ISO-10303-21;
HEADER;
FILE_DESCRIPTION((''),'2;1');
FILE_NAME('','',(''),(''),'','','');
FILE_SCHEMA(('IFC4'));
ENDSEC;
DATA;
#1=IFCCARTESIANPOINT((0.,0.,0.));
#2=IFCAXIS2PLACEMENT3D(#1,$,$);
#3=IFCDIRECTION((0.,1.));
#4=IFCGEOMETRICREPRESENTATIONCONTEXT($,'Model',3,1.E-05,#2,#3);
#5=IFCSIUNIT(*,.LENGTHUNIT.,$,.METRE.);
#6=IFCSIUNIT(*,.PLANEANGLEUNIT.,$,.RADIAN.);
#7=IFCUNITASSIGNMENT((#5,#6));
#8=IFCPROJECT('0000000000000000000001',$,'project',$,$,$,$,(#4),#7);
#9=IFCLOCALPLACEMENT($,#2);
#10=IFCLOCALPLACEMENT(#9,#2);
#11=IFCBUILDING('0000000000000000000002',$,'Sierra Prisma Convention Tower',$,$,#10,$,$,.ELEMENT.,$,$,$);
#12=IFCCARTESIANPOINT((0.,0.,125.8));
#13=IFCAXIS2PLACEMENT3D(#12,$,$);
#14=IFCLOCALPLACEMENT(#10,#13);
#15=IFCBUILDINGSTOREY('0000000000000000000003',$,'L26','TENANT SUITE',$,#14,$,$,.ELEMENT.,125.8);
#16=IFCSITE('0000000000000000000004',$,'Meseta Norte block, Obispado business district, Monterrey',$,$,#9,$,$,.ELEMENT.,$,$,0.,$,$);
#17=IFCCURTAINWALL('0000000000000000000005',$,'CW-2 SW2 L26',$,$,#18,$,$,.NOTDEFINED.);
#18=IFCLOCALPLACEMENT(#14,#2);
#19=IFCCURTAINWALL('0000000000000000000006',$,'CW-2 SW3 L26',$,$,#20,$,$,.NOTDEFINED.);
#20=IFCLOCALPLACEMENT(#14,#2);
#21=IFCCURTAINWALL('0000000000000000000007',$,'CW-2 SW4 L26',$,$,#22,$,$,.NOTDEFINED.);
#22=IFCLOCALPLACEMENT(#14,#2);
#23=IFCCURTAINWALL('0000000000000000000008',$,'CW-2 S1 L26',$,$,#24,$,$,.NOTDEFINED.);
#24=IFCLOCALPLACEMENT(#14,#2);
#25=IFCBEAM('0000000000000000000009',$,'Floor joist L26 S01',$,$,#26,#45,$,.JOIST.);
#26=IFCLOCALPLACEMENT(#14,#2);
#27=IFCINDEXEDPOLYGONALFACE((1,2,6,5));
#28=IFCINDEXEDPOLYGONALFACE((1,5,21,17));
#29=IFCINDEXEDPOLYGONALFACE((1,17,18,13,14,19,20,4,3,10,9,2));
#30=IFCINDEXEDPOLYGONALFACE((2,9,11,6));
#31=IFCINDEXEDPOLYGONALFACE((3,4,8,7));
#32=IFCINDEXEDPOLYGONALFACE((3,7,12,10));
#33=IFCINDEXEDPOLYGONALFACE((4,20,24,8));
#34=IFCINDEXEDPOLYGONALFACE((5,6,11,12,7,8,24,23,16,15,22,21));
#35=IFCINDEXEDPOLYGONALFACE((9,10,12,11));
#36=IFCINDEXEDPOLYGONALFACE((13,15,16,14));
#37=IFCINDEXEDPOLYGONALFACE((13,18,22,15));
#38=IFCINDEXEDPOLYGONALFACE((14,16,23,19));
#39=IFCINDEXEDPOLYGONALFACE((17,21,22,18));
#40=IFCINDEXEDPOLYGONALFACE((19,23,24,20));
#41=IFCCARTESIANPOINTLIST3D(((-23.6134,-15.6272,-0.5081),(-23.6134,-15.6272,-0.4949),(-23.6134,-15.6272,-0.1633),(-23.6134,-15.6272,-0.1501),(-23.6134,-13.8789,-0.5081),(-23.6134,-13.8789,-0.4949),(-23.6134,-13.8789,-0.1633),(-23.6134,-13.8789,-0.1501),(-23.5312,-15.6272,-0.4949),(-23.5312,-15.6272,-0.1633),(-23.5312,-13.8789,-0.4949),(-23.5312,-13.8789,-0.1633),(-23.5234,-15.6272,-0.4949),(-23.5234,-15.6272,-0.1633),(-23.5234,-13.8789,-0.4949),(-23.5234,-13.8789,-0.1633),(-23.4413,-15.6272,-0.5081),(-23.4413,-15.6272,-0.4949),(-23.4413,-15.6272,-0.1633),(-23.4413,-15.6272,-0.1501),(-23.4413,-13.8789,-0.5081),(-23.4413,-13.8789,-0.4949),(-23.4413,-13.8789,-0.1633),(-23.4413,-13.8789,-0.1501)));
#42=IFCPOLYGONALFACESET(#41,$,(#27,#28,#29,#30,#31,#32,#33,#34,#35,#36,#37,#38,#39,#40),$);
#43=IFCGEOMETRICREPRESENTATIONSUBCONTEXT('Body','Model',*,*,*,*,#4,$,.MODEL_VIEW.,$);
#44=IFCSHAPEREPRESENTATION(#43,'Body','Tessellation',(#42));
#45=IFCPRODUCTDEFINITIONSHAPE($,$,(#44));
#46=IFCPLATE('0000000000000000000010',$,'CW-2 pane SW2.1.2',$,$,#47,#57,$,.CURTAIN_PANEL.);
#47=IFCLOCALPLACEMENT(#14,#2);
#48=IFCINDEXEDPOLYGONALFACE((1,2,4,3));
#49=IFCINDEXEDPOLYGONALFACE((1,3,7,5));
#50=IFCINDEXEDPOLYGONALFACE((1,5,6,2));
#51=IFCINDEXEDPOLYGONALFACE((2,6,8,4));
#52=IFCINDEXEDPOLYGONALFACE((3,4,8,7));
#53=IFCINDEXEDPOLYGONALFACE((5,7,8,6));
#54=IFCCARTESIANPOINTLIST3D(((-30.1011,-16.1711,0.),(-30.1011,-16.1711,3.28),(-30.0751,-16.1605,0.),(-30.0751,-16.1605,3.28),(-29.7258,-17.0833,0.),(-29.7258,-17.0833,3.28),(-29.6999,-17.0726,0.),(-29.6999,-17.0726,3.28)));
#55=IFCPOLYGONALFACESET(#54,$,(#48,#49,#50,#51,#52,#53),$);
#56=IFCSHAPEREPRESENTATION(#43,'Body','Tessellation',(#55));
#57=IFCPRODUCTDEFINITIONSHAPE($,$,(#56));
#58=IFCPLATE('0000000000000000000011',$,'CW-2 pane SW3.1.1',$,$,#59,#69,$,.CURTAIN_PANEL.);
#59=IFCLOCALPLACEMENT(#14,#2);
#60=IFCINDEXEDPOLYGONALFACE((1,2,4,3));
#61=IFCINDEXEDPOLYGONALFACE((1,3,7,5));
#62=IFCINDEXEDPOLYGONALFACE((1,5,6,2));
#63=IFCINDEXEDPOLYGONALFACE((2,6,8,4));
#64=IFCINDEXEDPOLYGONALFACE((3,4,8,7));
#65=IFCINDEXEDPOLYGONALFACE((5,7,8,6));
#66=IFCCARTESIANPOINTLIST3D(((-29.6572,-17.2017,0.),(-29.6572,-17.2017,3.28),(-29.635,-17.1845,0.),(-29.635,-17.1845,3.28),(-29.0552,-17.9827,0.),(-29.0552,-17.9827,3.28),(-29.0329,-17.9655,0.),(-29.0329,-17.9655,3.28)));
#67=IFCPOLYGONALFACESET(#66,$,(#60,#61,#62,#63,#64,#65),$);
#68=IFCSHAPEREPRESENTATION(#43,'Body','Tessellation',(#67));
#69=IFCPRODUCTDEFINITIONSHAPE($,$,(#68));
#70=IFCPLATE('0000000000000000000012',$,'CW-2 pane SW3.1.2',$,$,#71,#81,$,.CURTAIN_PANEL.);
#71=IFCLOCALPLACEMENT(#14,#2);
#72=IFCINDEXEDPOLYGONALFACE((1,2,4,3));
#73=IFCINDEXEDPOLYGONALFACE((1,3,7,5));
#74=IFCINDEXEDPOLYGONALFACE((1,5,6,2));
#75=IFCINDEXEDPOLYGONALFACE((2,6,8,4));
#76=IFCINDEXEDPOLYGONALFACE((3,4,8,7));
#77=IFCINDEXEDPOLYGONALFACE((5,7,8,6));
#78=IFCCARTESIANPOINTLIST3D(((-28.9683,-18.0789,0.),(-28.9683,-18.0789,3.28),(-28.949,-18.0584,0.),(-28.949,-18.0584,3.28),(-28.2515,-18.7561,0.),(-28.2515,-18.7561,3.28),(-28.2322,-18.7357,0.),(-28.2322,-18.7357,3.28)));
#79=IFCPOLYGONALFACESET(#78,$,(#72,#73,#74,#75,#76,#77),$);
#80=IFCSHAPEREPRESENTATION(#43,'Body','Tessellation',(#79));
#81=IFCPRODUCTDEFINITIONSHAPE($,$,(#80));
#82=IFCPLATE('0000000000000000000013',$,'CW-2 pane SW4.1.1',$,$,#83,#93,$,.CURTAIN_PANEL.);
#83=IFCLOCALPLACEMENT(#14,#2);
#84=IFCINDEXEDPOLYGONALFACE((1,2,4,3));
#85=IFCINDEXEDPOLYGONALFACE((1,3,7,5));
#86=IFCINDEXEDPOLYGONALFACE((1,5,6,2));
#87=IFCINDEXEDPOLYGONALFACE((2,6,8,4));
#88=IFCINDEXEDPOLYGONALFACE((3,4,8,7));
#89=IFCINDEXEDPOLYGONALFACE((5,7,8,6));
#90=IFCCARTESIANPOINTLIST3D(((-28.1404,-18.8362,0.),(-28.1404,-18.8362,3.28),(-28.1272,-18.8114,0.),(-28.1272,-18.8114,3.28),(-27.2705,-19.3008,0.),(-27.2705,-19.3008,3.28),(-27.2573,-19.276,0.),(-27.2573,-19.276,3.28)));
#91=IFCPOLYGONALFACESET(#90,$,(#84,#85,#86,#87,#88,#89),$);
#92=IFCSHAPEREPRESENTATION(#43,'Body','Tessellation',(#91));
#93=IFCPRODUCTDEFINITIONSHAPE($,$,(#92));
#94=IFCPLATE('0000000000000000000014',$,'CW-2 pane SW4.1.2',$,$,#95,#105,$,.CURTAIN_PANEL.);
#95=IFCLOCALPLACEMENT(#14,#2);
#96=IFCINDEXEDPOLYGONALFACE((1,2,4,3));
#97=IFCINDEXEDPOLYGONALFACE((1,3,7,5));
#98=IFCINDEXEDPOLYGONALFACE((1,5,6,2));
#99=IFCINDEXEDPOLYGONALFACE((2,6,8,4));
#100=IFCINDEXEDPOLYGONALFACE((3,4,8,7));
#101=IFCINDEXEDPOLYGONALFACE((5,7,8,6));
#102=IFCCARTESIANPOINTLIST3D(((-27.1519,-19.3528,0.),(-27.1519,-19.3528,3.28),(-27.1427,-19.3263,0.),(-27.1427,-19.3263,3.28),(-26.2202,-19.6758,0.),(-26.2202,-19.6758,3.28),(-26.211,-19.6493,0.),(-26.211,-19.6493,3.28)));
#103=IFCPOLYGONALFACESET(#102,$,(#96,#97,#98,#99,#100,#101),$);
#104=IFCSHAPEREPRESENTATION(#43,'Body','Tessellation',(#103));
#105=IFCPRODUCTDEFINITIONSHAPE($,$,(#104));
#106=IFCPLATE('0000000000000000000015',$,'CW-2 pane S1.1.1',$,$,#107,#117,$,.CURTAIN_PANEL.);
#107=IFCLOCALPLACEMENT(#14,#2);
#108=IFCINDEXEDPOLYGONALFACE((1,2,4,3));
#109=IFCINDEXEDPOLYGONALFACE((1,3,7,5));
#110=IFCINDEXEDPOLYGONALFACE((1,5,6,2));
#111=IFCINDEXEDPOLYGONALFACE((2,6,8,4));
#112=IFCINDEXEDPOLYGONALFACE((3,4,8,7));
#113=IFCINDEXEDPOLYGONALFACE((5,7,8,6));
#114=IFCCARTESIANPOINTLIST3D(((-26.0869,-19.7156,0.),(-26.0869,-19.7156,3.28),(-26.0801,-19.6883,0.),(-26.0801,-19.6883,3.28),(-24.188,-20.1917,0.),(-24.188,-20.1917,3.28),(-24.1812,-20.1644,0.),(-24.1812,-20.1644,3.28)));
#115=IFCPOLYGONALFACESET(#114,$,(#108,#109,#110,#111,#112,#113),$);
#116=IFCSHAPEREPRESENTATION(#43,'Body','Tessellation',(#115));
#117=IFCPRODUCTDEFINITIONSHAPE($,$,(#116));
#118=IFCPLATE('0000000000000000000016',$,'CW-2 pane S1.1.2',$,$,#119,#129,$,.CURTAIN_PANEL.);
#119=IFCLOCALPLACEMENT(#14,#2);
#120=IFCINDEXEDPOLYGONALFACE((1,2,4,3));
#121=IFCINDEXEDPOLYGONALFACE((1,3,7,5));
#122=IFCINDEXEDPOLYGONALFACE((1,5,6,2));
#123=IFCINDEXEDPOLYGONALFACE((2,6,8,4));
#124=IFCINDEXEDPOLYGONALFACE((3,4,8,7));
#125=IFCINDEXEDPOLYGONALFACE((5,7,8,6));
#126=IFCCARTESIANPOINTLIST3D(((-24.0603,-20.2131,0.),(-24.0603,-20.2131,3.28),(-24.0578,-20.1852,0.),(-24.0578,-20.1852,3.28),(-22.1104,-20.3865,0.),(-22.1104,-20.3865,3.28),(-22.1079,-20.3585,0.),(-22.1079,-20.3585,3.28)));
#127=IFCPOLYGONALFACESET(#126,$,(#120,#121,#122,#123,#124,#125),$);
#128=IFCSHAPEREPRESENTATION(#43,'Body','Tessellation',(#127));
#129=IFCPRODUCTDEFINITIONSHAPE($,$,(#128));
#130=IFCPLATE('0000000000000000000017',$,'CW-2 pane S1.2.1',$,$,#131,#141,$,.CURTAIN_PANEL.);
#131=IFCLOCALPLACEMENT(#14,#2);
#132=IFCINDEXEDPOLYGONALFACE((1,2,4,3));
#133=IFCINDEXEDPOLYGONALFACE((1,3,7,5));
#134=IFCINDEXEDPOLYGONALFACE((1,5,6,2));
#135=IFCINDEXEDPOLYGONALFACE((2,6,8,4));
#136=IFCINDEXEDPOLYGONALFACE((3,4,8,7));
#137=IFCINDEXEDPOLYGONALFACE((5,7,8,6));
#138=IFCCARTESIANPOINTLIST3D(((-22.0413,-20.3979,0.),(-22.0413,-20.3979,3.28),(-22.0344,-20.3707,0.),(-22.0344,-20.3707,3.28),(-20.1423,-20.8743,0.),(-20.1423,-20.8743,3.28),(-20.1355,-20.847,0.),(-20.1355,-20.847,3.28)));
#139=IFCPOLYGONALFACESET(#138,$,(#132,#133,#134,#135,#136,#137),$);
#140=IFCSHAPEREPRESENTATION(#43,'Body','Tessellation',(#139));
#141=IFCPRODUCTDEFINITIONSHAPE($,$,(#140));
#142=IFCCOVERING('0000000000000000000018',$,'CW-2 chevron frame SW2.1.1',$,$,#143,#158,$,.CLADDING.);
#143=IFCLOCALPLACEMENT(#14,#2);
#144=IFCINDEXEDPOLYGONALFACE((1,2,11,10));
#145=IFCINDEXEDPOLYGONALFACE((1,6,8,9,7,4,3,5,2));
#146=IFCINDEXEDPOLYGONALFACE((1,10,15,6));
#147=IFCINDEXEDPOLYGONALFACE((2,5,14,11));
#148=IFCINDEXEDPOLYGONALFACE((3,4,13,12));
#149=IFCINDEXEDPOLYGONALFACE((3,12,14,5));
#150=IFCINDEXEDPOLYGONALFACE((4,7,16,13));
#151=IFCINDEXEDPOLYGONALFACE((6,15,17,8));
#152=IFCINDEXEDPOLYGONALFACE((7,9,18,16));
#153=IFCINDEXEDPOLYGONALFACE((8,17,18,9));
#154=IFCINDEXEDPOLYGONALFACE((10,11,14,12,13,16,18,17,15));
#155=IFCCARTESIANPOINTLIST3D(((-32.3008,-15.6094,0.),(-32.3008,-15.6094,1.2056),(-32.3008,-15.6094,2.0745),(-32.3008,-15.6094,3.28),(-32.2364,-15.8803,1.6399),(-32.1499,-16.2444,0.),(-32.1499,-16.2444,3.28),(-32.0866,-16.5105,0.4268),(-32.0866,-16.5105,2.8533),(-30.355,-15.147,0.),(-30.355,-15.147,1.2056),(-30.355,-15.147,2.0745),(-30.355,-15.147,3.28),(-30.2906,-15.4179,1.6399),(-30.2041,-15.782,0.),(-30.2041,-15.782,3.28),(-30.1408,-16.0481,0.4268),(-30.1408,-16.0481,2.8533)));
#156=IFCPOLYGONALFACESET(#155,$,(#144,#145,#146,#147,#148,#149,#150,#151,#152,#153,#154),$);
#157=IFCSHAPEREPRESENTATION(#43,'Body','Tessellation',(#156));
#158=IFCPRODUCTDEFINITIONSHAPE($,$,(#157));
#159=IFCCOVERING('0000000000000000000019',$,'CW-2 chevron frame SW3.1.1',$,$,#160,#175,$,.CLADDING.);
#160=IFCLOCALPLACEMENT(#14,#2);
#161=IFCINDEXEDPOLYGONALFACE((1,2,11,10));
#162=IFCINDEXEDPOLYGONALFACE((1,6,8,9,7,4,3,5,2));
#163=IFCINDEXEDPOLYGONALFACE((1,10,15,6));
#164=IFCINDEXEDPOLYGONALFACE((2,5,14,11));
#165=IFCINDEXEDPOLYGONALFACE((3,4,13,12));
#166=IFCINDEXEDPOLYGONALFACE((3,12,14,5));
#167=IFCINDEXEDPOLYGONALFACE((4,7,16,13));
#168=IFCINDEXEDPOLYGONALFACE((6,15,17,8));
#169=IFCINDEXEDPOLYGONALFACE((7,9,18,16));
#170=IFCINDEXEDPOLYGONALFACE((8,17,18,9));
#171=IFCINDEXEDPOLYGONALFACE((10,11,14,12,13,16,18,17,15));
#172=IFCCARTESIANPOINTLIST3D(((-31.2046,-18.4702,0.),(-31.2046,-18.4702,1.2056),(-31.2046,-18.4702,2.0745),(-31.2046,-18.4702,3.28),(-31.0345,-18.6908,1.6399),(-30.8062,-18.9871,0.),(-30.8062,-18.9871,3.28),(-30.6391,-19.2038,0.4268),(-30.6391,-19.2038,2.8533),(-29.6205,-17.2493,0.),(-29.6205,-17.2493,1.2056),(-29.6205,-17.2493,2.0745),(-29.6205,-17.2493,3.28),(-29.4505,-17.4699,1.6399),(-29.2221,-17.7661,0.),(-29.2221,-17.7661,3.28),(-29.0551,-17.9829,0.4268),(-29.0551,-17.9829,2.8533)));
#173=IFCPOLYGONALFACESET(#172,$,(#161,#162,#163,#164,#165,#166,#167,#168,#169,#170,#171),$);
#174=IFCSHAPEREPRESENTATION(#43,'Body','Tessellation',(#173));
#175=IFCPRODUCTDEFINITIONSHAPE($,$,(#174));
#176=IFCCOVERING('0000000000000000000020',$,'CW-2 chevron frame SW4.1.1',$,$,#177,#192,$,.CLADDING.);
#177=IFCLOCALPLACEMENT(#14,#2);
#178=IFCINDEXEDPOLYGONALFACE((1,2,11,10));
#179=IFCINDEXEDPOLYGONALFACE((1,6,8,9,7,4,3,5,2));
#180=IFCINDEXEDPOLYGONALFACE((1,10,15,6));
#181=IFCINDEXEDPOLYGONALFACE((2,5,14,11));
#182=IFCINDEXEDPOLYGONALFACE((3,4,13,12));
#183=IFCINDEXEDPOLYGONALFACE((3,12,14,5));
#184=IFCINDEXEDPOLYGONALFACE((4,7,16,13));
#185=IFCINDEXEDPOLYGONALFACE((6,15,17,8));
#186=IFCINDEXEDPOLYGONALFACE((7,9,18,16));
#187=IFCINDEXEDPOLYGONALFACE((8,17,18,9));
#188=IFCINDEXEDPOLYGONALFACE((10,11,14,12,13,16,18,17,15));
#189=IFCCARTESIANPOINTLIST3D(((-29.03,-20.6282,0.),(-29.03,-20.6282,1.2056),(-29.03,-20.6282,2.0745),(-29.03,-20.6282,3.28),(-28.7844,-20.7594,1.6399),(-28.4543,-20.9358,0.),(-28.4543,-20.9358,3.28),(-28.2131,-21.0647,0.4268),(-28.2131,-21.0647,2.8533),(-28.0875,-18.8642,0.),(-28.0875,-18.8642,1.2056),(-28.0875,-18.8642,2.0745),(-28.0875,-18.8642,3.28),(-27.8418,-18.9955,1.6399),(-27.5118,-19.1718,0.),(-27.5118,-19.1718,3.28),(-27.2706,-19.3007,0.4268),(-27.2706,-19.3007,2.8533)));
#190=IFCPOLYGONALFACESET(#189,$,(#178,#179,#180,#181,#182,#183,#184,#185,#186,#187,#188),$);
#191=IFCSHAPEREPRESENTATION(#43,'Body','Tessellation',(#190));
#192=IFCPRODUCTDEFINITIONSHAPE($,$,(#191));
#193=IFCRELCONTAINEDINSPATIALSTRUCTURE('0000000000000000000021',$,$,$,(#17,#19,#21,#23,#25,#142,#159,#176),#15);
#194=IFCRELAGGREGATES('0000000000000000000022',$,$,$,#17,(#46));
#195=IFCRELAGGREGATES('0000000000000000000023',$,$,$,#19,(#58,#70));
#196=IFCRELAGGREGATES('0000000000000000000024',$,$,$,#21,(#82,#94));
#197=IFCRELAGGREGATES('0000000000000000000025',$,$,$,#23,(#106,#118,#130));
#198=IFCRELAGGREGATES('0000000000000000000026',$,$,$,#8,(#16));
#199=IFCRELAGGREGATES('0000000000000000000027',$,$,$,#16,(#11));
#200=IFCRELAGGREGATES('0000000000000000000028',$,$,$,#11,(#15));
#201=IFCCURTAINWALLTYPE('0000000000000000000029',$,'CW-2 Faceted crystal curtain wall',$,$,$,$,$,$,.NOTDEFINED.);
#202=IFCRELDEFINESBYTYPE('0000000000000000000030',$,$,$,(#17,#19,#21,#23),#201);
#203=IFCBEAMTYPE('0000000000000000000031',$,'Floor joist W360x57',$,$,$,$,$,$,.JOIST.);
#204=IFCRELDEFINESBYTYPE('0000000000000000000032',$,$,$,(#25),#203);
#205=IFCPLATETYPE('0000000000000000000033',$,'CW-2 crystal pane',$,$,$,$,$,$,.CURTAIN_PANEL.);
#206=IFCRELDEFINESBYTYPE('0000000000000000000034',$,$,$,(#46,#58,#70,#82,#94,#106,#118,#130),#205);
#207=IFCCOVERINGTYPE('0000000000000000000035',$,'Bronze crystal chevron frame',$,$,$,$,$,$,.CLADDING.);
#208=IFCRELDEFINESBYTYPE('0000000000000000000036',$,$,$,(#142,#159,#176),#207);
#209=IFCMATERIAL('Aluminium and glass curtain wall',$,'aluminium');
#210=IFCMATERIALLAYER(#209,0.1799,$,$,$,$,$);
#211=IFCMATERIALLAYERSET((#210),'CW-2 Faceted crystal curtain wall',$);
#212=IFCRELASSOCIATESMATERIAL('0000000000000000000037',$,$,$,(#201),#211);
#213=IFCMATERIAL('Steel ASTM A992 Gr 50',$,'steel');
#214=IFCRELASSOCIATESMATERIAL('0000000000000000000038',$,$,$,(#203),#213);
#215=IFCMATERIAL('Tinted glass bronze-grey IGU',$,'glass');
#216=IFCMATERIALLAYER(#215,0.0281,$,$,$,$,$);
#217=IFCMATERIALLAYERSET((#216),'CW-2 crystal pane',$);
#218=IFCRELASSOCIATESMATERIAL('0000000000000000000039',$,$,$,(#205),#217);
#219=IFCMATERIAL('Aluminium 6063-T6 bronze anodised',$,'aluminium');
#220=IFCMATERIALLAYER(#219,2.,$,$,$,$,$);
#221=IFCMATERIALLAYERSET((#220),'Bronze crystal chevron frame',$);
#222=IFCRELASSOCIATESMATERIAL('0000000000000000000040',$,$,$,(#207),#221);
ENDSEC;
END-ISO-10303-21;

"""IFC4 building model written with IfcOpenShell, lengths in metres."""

from ifc_helpers import new_model, si_unit, direction, frame, origin, origin_2d, place, context, subcontext, project, spatial, polyline, i_section, outline, extrude, material, layer, layer_set, material_profile, profile_set, type_object, element, aggregate, save


model = new_model("IFC4")

# Units and contexts
model_context = context("Model", 3, precision=1e-05, world=origin(), true_north=direction((0.0, 1.0)))
body_context = subcontext(model_context, "Body", "Model", "MODEL_VIEW")
ifc_project = project(units=[si_unit("LENGTHUNIT", "METRE"), si_unit("PLANEANGLEUNIT", "RADIAN")], contexts=[model_context])

# Site, building, storey
site_placement = place(None, origin())
site = spatial("IfcSite", under=ifc_project, at=site_placement, Name="Meseta Norte block, Obispado business district, Monterrey", CompositionType="ELEMENT", RefElevation=0.0)
building_placement = place(site_placement, origin())
building = spatial("IfcBuilding", under=site, at=building_placement, Name="Sierra Prisma Convention Tower", CompositionType="ELEMENT")
storey_placement = place(building_placement, frame((0.0, 0.0, 125.8)))
storey = spatial("IfcBuildingStorey", under=building, at=storey_placement, Name="L26", Description="TENANT SUITE", CompositionType="ELEMENT", Elevation=125.8)

# Curtain walls
ifc_material_1 = material(Name="Aluminium and glass curtain wall", Category="aluminium")
ifc_layer_1 = layer(ifc_material_1, 0.1799)
ifc_layer_set_1 = layer_set([ifc_layer_1], Name="CW-2 Faceted crystal curtain wall")
curtain_wall_type = type_object("IfcCurtainWallType", Name="CW-2 Faceted crystal curtain wall", PredefinedType="NOTDEFINED", material=ifc_layer_set_1)
curtain_wall_1_placement = place(storey_placement, origin())
curtain_wall_1 = element("IfcCurtainWall", 1, at=curtain_wall_1_placement, inside=storey, type_object=curtain_wall_type, Name="CW-2 SW2 L26", PredefinedType="NOTDEFINED")
curtain_wall_2_placement = place(storey_placement, origin())
curtain_wall_2 = element("IfcCurtainWall", 2, at=curtain_wall_2_placement, inside=storey, type_object=curtain_wall_type, Name="CW-2 SW3 L26", PredefinedType="NOTDEFINED")
curtain_wall_3_placement = place(storey_placement, origin())
curtain_wall_3 = element("IfcCurtainWall", 3, at=curtain_wall_3_placement, inside=storey, type_object=curtain_wall_type, Name="CW-2 SW4 L26", PredefinedType="NOTDEFINED")
curtain_wall_4_placement = place(storey_placement, origin())
curtain_wall_4 = element("IfcCurtainWall", 4, at=curtain_wall_4_placement, inside=storey, type_object=curtain_wall_type, Name="CW-2 S1 L26", PredefinedType="NOTDEFINED")

# Beam
ifc_material_2 = material(Name="Steel ASTM A992 Gr 50", Category="steel")
ifc_material_profile_1 = material_profile(ifc_material_2, i_section(OverallWidth=0.1721, OverallDepth=0.3579, WebThickness=0.0078, FlangeThickness=0.0132, at=origin_2d()), Name="W360x57")
ifc_profile_set_1 = profile_set([ifc_material_profile_1], Name="Steel ASTM A992 Gr 50")
beam_type = type_object("IfcBeamType", Name="Floor joist W360x57", PredefinedType="JOIST", material=ifc_profile_set_1)
beam_placement = place(storey_placement, frame((-23.5273, -15.6272, -0.3291), z_axis=(0.0, 1.0, 0.0), x_axis=(-1.0, 0.0, 0.0)))
element("IfcBeam", 5, at=beam_placement, inside=storey, type_object=beam_type, Name="Floor joist L26 S01", PredefinedType="JOIST", context=body_context, shape_type="SweptSolid", body=[
    extrude(i_section(OverallWidth=0.1721, OverallDepth=0.3579, WebThickness=0.0078, FlangeThickness=0.0132, at=origin_2d()), origin(), (0.0, 0.0, 1.0), 1.7483),
])

# Plates
ifc_material_3 = material(Name="Tinted glass bronze-grey IGU", Category="glass")
ifc_layer_2 = layer(ifc_material_3, 0.0281)
ifc_layer_set_2 = layer_set([ifc_layer_2], Name="CW-2 crystal pane")
plate_type = type_object("IfcPlateType", Name="CW-2 crystal pane", PredefinedType="CURTAIN_PANEL", material=ifc_layer_set_2)
plate_1_placement = place(storey_placement, frame((-29.7258, -17.0833, 0.0), z_axis=(-0.924796, -0.380463, 0.0), x_axis=(-0.380463, 0.924796, 0.0)))
plate_1 = element("IfcPlate", 6, at=plate_1_placement, type_object=plate_type, Name="CW-2 pane SW2.1.2", PredefinedType="CURTAIN_PANEL", context=body_context, shape_type="SweptSolid", body=[
    extrude(outline(polyline([(0.0, 0.0), (0.9863, 0.0), (0.9863, -3.28), (0.0, -3.28), (0.0, 0.0)])), origin(), (0.0, 0.0, -1.0), 0.0281),
])
aggregate(curtain_wall_1, [plate_1])
plate_2_placement = place(storey_placement, frame((-29.6572, -17.2017, 0.0), z_axis=(-0.791998, -0.610524, 0.0), x_axis=(0.610524, -0.791998, 0.0)))
plate_2 = element("IfcPlate", 7, at=plate_2_placement, type_object=plate_type, Name="CW-2 pane SW3.1.1", PredefinedType="CURTAIN_PANEL", context=body_context, shape_type="SweptSolid", body=[
    extrude(outline(polyline([(0.0, 0.0), (0.9861, 0.0), (0.9861, 3.28), (0.0, 3.28), (0.0, 0.0)])), origin(), (0.0, 0.0, -1.0), 0.0281),
])
plate_3_placement = place(storey_placement, frame((-28.2515, -18.7561, 0.0), z_axis=(-0.686769, -0.726876, 0.0), x_axis=(-0.726876, 0.686769, 0.0)))
plate_3 = element("IfcPlate", 8, at=plate_3_placement, type_object=plate_type, Name="CW-2 pane SW3.1.2", PredefinedType="CURTAIN_PANEL", context=body_context, shape_type="SweptSolid", body=[
    extrude(outline(polyline([(0.0, 0.0), (0.9861, 0.0), (0.9861, -3.28), (0.0, -3.28), (0.0, 0.0)])), origin(), (0.0, 0.0, -1.0), 0.0281),
])
aggregate(curtain_wall_2, [plate_2, plate_3])
plate_4_placement = place(storey_placement, frame((-28.1404, -18.8362, 0.0), z_axis=(-0.471115, -0.882072, 0.0), x_axis=(0.882072, -0.471115, 0.0)))
plate_4 = element("IfcPlate", 9, at=plate_4_placement, type_object=plate_type, Name="CW-2 pane SW4.1.1", PredefinedType="CURTAIN_PANEL", context=body_context, shape_type="SweptSolid", body=[
    extrude(outline(polyline([(0.0, 0.0), (0.9862, 0.0), (0.9862, 3.28), (0.0, 3.28), (0.0, 0.0)])), origin(), (0.0, 0.0, -1.0), 0.0281),
])
plate_5_placement = place(storey_placement, frame((-26.2202, -19.6758, 0.0), z_axis=(-0.32757, -0.944827, 0.0), x_axis=(-0.944827, 0.32757, 0.0)))
plate_5 = element("IfcPlate", 10, at=plate_5_placement, type_object=plate_type, Name="CW-2 pane SW4.1.2", PredefinedType="CURTAIN_PANEL", context=body_context, shape_type="SweptSolid", body=[
    extrude(outline(polyline([(0.0, 0.0), (0.986, 0.0), (0.986, -3.28), (0.0, -3.28), (0.0, 0.0)])), origin(), (0.0, 0.0, -1.0), 0.0281),
])
aggregate(curtain_wall_3, [plate_4, plate_5])
plate_6_placement = place(storey_placement, frame((-26.0869, -19.7156, 0.0), z_axis=(-0.243181, -0.969981, 0.0), x_axis=(0.969981, -0.243181, 0.0)))
plate_6 = element("IfcPlate", 11, at=plate_6_placement, type_object=plate_type, Name="CW-2 pane S1.1.1", PredefinedType="CURTAIN_PANEL", context=body_context, shape_type="SweptSolid", body=[
    extrude(outline(polyline([(0.0, 0.0), (1.9577, 0.0), (1.9577, 3.28), (0.0, 3.28), (0.0, 0.0)])), origin(), (0.0, 0.0, -1.0), 0.0281),
])
plate_7_placement = place(storey_placement, frame((-22.1104, -20.3865, 0.0), z_axis=(-0.088545, -0.996072, 0.0), x_axis=(-0.996072, 0.088545, 0.0)))
plate_7 = element("IfcPlate", 12, at=plate_7_placement, type_object=plate_type, Name="CW-2 pane S1.1.2", PredefinedType="CURTAIN_PANEL", context=body_context, shape_type="SweptSolid", body=[
    extrude(outline(polyline([(0.0, 0.0), (1.9576, 0.0), (1.9576, -3.28), (0.0, -3.28), (0.0, 0.0)])), origin(), (0.0, 0.0, -1.0), 0.0281),
])
plate_8_placement = place(storey_placement, frame((-22.0413, -20.3979, 0.0), z_axis=(-0.243298, -0.969951, 0.0), x_axis=(0.969951, -0.243298, 0.0)))
plate_8 = element("IfcPlate", 13, at=plate_8_placement, type_object=plate_type, Name="CW-2 pane S1.2.1", PredefinedType="CURTAIN_PANEL", context=body_context, shape_type="SweptSolid", body=[
    extrude(outline(polyline([(0.0, 0.0), (1.9578, 0.0), (1.9578, 3.28), (0.0, 3.28), (0.0, 0.0)])), origin(), (0.0, 0.0, -1.0), 0.0281),
])
aggregate(curtain_wall_4, [plate_6, plate_7, plate_8])

# Coverings
ifc_material_4 = material(Name="Aluminium 6063-T6 bronze anodised", Category="aluminium")
ifc_layer_3 = layer(ifc_material_4, 2.0)
ifc_layer_set_3 = layer_set([ifc_layer_3], Name="Bronze crystal chevron frame")
covering_type = type_object("IfcCoveringType", Name="Bronze crystal chevron frame", PredefinedType="CLADDING", material=ifc_layer_set_3)
covering_1_placement = place(storey_placement, frame((-32.3008, -15.6094, 0.0), z_axis=(-0.972907, -0.231195, 0.0), x_axis=(0.231195, -0.972907, 0.0)))
element("IfcCovering", 14, at=covering_1_placement, inside=storey, type_object=covering_type, Name="CW-2 chevron frame SW2.1.1", PredefinedType="CLADDING", context=body_context, shape_type="SweptSolid", body=[
    extrude(outline(polyline([(0.0, 0.0), (0.6527, 0.0), (0.9262, 0.4268), (0.9262, 2.8533), (0.6527, 3.28), (0.0, 3.28), (0.0, 2.0745), (0.2785, 1.6399), (0.0, 1.2056), (0.0, 0.0)])), origin(), (0.0, 0.0, -1.0), 2.0),
])
covering_2_placement = place(storey_placement, frame((-31.2046, -18.4702, 0.0), z_axis=(-0.792035, -0.610476, 0.0), x_axis=(0.610476, -0.792035, 0.0)))
element("IfcCovering", 15, at=covering_2_placement, inside=storey, type_object=covering_type, Name="CW-2 chevron frame SW3.1.1", PredefinedType="CLADDING", context=body_context, shape_type="SweptSolid", body=[
    extrude(outline(polyline([(0.0, 0.0), (0.6526, 0.0), (0.9263, 0.4268), (0.9263, 2.8533), (0.6526, 3.28), (0.0, 3.28), (0.0, 2.0745), (0.2785, 1.6399), (0.0, 1.2056), (0.0, 0.0)])), origin(), (0.0, 0.0, -1.0), 2.0),
])
covering_3_placement = place(storey_placement, frame((-29.03, -20.6282, 0.0), z_axis=(-0.471286, -0.881981, 0.0), x_axis=(0.881981, -0.471286, 0.0)))
element("IfcCovering", 16, at=covering_3_placement, inside=storey, type_object=covering_type, Name="CW-2 chevron frame SW4.1.1", PredefinedType="CLADDING", context=body_context, shape_type="SweptSolid", body=[
    extrude(outline(polyline([(0.0, 0.0), (0.6527, 0.0), (0.9262, 0.4268), (0.9262, 2.8533), (0.6527, 3.28), (0.0, 3.28), (0.0, 2.0745), (0.2785, 1.6399), (0.0, 1.2056), (0.0, 0.0)])), origin(), (0.0, 0.0, -1.0), 2.0),
])

save(model, "model.ifc")
